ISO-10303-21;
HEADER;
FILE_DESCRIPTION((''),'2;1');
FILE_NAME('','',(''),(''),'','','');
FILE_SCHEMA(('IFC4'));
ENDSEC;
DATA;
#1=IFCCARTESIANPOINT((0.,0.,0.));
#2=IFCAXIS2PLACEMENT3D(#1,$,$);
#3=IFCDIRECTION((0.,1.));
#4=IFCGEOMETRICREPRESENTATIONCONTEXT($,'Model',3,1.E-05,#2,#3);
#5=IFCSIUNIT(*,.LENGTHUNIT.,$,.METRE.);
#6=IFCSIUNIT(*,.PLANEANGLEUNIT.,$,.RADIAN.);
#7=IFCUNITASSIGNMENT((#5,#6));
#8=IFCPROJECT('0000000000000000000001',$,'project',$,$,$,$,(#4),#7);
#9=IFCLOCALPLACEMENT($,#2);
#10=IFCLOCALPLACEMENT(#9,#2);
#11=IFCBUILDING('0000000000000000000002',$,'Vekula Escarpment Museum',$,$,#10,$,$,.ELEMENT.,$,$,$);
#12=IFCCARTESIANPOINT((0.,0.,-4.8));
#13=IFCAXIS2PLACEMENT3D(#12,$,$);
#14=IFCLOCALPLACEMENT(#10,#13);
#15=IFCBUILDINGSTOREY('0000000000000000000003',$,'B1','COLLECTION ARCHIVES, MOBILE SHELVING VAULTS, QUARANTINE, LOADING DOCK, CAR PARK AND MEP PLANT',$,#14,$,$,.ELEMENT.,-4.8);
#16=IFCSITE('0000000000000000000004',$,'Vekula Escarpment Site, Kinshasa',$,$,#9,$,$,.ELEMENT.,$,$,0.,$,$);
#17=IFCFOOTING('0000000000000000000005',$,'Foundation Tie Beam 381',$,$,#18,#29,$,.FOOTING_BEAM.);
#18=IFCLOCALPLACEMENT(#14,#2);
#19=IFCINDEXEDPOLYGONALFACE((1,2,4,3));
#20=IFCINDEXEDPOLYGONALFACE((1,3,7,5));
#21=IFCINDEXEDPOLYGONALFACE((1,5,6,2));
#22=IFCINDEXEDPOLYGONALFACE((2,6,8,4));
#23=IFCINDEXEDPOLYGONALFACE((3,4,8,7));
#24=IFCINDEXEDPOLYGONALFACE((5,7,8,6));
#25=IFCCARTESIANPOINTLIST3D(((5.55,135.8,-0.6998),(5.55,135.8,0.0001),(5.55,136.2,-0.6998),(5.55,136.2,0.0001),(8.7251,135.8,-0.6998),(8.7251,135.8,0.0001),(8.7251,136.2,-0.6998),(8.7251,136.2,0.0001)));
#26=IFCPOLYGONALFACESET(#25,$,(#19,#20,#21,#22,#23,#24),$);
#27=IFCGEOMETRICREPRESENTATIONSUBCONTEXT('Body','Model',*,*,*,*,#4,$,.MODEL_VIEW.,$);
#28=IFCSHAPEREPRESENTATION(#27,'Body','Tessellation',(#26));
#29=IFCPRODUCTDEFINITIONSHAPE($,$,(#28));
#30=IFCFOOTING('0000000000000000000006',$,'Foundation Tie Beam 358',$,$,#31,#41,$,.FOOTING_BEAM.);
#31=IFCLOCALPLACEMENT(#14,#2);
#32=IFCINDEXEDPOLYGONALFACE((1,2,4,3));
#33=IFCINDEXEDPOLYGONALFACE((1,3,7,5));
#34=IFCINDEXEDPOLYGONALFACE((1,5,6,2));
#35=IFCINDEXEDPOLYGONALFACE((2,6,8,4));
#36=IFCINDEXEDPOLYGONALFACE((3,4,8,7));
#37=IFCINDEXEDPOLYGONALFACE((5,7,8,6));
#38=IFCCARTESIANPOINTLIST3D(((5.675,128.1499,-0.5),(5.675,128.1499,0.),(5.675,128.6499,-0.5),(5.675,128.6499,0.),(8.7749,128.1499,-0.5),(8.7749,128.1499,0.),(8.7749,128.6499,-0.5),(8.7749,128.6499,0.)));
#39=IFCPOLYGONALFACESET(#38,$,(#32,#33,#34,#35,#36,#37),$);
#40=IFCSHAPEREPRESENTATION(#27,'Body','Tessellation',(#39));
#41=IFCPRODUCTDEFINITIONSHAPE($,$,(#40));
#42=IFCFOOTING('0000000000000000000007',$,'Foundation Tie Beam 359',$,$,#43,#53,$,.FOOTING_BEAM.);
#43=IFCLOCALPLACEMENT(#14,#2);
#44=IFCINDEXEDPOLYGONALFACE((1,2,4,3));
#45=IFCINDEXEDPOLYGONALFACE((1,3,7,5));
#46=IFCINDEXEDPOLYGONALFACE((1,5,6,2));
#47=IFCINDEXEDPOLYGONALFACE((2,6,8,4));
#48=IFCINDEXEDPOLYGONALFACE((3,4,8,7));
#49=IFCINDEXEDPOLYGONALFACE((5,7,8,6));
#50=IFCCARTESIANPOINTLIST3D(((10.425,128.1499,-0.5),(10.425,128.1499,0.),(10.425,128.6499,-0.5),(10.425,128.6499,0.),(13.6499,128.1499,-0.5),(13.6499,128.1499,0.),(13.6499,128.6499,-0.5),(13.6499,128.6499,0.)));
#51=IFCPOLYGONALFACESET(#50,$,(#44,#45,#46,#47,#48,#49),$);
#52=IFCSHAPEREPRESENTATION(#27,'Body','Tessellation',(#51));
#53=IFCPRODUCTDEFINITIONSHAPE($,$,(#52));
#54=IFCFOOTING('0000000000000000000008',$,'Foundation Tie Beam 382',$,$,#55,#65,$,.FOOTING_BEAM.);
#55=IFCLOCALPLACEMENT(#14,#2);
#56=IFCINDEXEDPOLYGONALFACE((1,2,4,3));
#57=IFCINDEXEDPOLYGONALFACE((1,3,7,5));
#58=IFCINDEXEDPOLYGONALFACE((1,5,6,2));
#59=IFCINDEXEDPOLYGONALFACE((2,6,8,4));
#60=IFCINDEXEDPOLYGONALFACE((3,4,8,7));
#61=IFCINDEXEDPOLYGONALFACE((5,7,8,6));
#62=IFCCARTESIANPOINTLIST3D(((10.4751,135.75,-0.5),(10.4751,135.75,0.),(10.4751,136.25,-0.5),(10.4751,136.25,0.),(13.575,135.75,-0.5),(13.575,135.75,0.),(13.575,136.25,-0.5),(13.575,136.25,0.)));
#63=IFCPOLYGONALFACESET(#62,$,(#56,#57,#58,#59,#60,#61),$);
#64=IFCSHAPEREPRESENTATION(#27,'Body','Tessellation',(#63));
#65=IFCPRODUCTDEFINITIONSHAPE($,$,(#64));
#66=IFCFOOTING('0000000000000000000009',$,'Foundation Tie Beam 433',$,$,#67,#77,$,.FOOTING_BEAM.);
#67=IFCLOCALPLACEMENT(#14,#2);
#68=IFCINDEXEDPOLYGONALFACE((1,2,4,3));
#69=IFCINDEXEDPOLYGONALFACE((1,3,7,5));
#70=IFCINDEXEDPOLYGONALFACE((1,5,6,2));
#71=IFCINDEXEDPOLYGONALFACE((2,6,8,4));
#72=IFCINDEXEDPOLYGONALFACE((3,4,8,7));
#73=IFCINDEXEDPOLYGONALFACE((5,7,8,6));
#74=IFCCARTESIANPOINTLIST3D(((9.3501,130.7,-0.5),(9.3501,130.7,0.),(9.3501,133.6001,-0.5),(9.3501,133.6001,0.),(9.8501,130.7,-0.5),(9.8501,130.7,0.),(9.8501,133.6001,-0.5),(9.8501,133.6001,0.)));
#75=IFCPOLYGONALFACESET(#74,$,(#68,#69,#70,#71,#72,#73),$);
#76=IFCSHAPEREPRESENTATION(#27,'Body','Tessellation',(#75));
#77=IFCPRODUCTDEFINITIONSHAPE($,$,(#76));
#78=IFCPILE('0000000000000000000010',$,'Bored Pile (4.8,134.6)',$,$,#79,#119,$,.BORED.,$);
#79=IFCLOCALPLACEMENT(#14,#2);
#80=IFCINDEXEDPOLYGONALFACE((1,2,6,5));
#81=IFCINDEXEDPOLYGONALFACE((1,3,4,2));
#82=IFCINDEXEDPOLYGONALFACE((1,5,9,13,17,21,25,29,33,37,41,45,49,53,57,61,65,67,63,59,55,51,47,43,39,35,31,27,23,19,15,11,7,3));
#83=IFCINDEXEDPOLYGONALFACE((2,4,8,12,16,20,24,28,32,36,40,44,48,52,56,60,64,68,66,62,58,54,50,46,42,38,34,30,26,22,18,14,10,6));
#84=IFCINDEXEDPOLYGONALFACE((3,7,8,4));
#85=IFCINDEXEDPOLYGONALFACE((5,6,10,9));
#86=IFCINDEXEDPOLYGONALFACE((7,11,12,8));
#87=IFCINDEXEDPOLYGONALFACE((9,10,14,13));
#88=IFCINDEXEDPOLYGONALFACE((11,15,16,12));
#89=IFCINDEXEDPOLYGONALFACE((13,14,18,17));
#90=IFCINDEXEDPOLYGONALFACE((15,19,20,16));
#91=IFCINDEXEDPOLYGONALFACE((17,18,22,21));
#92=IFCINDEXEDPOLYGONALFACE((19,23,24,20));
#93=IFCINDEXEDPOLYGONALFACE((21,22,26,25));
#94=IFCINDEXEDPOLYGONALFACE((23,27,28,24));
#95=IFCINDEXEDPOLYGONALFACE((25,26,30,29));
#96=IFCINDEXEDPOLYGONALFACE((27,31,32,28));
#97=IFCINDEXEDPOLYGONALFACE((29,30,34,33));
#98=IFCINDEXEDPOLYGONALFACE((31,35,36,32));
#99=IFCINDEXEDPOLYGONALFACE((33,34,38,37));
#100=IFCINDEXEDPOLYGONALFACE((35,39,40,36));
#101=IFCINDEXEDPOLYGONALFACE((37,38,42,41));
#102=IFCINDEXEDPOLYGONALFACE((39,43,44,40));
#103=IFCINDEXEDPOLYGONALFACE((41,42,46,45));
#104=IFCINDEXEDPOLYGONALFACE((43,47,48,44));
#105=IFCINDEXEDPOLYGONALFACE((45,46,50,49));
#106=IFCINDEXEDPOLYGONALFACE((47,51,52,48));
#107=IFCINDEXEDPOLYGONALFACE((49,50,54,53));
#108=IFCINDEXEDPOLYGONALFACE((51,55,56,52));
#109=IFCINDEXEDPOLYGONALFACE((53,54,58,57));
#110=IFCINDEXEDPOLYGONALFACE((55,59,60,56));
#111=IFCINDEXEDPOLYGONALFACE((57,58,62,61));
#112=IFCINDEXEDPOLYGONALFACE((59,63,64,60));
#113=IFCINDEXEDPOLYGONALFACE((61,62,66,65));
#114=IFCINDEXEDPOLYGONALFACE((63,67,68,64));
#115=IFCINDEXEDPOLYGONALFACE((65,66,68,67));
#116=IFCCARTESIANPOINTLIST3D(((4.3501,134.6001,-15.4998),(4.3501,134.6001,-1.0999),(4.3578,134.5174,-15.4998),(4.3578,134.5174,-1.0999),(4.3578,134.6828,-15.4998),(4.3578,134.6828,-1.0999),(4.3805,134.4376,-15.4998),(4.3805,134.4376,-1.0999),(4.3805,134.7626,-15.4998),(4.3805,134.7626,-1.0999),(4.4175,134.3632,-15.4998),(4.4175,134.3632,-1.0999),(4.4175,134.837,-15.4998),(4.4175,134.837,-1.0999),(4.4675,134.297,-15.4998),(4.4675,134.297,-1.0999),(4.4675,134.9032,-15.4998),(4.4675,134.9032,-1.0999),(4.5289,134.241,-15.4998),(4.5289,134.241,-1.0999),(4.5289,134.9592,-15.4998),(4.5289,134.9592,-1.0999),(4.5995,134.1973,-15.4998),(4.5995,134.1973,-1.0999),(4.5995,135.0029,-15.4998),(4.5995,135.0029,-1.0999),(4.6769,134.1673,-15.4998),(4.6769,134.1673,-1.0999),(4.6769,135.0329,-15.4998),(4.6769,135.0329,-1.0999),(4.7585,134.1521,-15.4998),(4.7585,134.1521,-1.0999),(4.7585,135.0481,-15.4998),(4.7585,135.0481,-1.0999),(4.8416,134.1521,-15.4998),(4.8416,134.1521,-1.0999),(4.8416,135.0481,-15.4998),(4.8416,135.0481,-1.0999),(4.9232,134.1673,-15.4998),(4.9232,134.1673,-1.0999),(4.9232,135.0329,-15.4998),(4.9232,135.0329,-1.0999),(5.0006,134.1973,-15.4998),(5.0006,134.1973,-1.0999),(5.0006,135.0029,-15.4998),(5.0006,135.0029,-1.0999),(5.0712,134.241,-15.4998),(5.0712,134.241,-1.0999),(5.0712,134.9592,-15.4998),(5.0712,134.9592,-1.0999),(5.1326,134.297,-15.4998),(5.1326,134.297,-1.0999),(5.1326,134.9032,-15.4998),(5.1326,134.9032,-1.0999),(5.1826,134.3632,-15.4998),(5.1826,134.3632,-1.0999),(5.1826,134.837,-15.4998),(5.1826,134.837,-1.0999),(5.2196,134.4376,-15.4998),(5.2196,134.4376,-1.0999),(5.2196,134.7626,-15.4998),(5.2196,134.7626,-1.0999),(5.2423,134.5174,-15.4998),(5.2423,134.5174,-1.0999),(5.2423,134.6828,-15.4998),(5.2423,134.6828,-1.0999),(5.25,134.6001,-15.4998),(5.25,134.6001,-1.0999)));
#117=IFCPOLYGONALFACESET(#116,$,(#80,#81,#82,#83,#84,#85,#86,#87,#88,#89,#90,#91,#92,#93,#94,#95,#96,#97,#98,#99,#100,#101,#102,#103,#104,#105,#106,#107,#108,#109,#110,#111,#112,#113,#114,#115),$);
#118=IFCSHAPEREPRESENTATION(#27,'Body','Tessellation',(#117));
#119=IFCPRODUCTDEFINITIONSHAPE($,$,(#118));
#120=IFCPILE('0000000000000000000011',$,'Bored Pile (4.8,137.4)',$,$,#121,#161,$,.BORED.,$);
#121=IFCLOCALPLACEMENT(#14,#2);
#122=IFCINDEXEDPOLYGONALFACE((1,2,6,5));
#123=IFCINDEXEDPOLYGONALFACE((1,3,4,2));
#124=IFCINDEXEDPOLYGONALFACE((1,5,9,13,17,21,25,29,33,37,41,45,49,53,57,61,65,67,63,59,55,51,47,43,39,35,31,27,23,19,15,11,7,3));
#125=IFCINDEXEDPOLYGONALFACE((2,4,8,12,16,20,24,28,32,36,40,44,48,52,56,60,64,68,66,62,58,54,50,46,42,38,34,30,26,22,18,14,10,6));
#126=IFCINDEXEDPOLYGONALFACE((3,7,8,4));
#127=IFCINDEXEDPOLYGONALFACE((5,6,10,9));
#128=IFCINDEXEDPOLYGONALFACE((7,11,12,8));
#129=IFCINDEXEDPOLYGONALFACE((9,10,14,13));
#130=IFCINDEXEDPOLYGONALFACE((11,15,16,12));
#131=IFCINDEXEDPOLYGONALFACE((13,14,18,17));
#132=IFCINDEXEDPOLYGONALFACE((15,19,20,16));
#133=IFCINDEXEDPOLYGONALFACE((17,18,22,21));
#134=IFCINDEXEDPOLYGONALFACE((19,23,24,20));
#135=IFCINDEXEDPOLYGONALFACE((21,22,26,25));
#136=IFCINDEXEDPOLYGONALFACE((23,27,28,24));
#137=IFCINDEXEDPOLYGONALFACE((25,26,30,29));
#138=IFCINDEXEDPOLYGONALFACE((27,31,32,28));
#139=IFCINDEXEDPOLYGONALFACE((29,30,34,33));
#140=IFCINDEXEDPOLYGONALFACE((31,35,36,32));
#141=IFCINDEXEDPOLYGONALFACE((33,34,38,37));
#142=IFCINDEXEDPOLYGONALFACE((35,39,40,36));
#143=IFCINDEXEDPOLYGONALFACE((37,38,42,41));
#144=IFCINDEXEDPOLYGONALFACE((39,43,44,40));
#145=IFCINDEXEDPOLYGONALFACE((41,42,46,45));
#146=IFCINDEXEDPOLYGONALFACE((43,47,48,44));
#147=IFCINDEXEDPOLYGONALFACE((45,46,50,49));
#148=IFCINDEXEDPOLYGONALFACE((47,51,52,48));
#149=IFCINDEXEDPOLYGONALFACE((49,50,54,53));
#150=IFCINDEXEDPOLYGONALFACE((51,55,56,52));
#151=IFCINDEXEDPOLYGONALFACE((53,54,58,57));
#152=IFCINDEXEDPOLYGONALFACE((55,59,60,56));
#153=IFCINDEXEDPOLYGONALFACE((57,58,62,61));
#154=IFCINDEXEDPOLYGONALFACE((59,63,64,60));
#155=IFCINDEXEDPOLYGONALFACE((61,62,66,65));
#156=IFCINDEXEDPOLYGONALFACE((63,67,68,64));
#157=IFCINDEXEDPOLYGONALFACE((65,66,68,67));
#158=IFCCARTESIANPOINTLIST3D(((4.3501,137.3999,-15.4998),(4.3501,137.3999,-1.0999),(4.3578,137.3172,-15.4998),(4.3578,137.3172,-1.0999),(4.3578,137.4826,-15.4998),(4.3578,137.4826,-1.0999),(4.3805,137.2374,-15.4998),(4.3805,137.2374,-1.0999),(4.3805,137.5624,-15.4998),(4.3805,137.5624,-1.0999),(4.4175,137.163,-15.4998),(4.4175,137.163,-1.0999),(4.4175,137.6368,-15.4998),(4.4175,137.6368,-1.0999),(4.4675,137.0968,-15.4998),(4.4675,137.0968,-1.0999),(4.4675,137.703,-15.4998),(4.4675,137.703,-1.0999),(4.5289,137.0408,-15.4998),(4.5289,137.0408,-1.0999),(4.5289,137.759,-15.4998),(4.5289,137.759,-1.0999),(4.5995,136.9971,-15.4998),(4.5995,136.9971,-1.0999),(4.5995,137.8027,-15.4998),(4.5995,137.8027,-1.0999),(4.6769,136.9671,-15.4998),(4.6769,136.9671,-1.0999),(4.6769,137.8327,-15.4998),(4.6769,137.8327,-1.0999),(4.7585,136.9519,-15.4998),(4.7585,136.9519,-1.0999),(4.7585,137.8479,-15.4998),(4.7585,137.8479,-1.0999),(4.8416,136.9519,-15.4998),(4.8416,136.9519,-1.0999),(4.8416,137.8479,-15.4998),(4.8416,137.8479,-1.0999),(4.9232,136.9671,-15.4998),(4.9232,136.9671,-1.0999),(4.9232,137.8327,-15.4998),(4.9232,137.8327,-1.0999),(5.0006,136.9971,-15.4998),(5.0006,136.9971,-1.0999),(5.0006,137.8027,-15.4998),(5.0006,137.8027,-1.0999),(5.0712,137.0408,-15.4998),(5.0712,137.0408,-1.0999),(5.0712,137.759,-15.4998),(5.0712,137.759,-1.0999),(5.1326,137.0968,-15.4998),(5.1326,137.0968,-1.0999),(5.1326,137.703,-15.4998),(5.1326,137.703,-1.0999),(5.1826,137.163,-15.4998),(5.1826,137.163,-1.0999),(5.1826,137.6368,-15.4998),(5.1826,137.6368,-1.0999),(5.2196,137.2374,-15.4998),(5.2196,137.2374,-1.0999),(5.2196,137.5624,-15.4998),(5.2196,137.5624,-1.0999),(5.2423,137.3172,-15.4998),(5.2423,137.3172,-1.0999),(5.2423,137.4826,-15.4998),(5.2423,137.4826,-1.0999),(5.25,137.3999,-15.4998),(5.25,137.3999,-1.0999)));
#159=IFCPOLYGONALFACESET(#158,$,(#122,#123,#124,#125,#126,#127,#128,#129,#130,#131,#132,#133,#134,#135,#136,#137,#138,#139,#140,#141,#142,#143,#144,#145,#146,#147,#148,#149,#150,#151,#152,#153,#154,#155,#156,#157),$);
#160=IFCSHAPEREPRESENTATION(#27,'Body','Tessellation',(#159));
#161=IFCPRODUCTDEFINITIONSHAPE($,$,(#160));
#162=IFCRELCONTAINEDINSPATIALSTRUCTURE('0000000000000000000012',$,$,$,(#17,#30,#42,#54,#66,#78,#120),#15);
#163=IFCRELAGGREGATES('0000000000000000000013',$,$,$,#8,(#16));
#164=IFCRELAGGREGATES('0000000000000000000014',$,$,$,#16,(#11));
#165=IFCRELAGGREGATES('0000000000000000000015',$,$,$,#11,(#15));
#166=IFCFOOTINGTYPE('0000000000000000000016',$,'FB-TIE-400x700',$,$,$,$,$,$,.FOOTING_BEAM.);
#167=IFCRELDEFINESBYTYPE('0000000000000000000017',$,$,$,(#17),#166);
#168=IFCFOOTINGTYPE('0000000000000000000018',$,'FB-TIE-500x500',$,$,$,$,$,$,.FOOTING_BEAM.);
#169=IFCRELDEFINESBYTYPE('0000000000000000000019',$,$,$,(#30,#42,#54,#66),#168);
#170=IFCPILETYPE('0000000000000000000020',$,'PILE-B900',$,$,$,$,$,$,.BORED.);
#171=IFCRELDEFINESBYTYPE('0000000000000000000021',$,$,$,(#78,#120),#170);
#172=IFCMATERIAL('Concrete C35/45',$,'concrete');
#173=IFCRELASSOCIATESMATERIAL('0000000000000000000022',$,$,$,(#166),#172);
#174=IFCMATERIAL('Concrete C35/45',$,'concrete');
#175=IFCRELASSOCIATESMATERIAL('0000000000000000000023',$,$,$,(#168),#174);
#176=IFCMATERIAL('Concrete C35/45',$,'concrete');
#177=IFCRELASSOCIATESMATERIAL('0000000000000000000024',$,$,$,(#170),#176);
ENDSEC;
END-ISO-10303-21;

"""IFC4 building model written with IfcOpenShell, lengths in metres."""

from ifc_helpers import new_model, si_unit, direction, frame, origin, origin_2d, place, context, subcontext, project, spatial, rectangle, circle, extrude, material, material_profile, profile_set, type_object, element, save


model = new_model("IFC4")

# Units and contexts
model_context = context("Model", 3, precision=1e-05, world=origin(), true_north=direction((0.0, 1.0)))
body_context = subcontext(model_context, "Body", "Model", "MODEL_VIEW")
ifc_project = project(units=[si_unit("LENGTHUNIT", "METRE"), si_unit("PLANEANGLEUNIT", "RADIAN")], contexts=[model_context])

# Site, building, storey
site_placement = place(None, origin())
site = spatial("IfcSite", under=ifc_project, at=site_placement, Name="Vekula Escarpment Site, Kinshasa", CompositionType="ELEMENT", RefElevation=0.0)
building_placement = place(site_placement, origin())
building = spatial("IfcBuilding", under=site, at=building_placement, Name="Vekula Escarpment Museum", CompositionType="ELEMENT")
storey_placement = place(building_placement, frame((0.0, 0.0, -4.8)))
storey = spatial("IfcBuildingStorey", under=building, at=storey_placement, Name="B1", Description="COLLECTION ARCHIVES, MOBILE SHELVING VAULTS, QUARANTINE, LOADING DOCK, CAR PARK AND MEP PLANT", CompositionType="ELEMENT", Elevation=-4.8)

# Footings
ifc_material_1 = material(Name="Concrete C35/45", Category="concrete")
ifc_material_profile_1 = material_profile(ifc_material_1, rectangle(XDim=0.3999, YDim=0.7, at=origin_2d()), Name="RC 400x700")
ifc_profile_set_1 = profile_set([ifc_material_profile_1], Name="Concrete C35/45")
footing_type_1 = type_object("IfcFootingType", Name="FB-TIE-400x700", PredefinedType="FOOTING_BEAM", material=ifc_profile_set_1)
footing_1_placement = place(storey_placement, frame((5.55, 136.0, -0.3499), z_axis=(1.0, 0.0, 0.0), x_axis=(0.0, 1.0, 0.0)))
element("IfcFooting", 1, at=footing_1_placement, inside=storey, type_object=footing_type_1, Name="Foundation Tie Beam 381", PredefinedType="FOOTING_BEAM", context=body_context, shape_type="SweptSolid", body=[
    extrude(rectangle(XDim=0.3999, YDim=0.7, at=origin_2d()), origin(), (0.0, 0.0, 1.0), 3.175),
])
ifc_material_2 = material(Name="Concrete C35/45", Category="concrete")
ifc_material_profile_2 = material_profile(ifc_material_2, rectangle(XDim=0.5, YDim=0.5, at=origin_2d()), Name="RC 500x500")
ifc_profile_set_2 = profile_set([ifc_material_profile_2], Name="Concrete C35/45")
footing_type_2 = type_object("IfcFootingType", Name="FB-TIE-500x500", PredefinedType="FOOTING_BEAM", material=ifc_profile_set_2)
footing_2_placement = place(storey_placement, frame((5.675, 128.3999, -0.25), z_axis=(1.0, 0.0, 0.0), x_axis=(0.0, 1.0, 0.0)))
element("IfcFooting", 2, at=footing_2_placement, inside=storey, type_object=footing_type_2, Name="Foundation Tie Beam 358", PredefinedType="FOOTING_BEAM", context=body_context, shape_type="SweptSolid", body=[
    extrude(rectangle(XDim=0.5, YDim=0.5, at=origin_2d()), origin(), (0.0, 0.0, 1.0), 3.0999),
])
footing_3_placement = place(storey_placement, frame((10.425, 128.3999, -0.25), z_axis=(1.0, 0.0, 0.0), x_axis=(0.0, 1.0, 0.0)))
element("IfcFooting", 3, at=footing_3_placement, inside=storey, type_object=footing_type_2, Name="Foundation Tie Beam 359", PredefinedType="FOOTING_BEAM", context=body_context, shape_type="SweptSolid", body=[
    extrude(rectangle(XDim=0.5, YDim=0.5, at=origin_2d()), origin(), (0.0, 0.0, 1.0), 3.2249),
])
footing_4_placement = place(storey_placement, frame((10.4751, 136.0, -0.25), z_axis=(1.0, 0.0, 0.0), x_axis=(0.0, 1.0, 0.0)))
element("IfcFooting", 4, at=footing_4_placement, inside=storey, type_object=footing_type_2, Name="Foundation Tie Beam 382", PredefinedType="FOOTING_BEAM", context=body_context, shape_type="SweptSolid", body=[
    extrude(rectangle(XDim=0.5, YDim=0.5, at=origin_2d()), origin(), (0.0, 0.0, 1.0), 3.0999),
])
footing_5_placement = place(storey_placement, frame((9.6001, 130.7, -0.25), z_axis=(0.0, 1.0, 0.0), x_axis=(-1.0, 0.0, 0.0)))
element("IfcFooting", 5, at=footing_5_placement, inside=storey, type_object=footing_type_2, Name="Foundation Tie Beam 433", PredefinedType="FOOTING_BEAM", context=body_context, shape_type="SweptSolid", body=[
    extrude(rectangle(XDim=0.5, YDim=0.5, at=origin_2d()), origin(), (0.0, 0.0, 1.0), 2.9001),
])

# Piles
ifc_material_3 = material(Name="Concrete C35/45", Category="concrete")
ifc_material_profile_3 = material_profile(ifc_material_3, circle(Radius=0.45, at=origin_2d()), Name="BORED PILE 900")
ifc_profile_set_3 = profile_set([ifc_material_profile_3], Name="Concrete C35/45")
pile_type = type_object("IfcPileType", Name="PILE-B900", PredefinedType="BORED", material=ifc_profile_set_3)
for number, where, z_axis, x_axis, name in (
    (6, (4.8, 134.6001, -1.0999), (0.0, 0.0, -1.0), (1.0, 0.0, 0.0), "Bored Pile (4.8,134.6)"),
    (7, (4.8, 137.3999, -1.0999), (0.0, 0.0, -1.0), (1.0, 0.0, 0.0), "Bored Pile (4.8,137.4)"),
):
    element("IfcPile", number, at=place(storey_placement, frame(where, z_axis=z_axis, x_axis=x_axis)), inside=storey, type_object=pile_type, Name=name, PredefinedType="BORED", context=body_context, shape_type="SweptSolid", body=[
        extrude(circle(Radius=0.45, at=origin_2d()), origin(), (0.0, 0.0, 1.0), 14.3999),
    ])

save(model, "model.ifc")
